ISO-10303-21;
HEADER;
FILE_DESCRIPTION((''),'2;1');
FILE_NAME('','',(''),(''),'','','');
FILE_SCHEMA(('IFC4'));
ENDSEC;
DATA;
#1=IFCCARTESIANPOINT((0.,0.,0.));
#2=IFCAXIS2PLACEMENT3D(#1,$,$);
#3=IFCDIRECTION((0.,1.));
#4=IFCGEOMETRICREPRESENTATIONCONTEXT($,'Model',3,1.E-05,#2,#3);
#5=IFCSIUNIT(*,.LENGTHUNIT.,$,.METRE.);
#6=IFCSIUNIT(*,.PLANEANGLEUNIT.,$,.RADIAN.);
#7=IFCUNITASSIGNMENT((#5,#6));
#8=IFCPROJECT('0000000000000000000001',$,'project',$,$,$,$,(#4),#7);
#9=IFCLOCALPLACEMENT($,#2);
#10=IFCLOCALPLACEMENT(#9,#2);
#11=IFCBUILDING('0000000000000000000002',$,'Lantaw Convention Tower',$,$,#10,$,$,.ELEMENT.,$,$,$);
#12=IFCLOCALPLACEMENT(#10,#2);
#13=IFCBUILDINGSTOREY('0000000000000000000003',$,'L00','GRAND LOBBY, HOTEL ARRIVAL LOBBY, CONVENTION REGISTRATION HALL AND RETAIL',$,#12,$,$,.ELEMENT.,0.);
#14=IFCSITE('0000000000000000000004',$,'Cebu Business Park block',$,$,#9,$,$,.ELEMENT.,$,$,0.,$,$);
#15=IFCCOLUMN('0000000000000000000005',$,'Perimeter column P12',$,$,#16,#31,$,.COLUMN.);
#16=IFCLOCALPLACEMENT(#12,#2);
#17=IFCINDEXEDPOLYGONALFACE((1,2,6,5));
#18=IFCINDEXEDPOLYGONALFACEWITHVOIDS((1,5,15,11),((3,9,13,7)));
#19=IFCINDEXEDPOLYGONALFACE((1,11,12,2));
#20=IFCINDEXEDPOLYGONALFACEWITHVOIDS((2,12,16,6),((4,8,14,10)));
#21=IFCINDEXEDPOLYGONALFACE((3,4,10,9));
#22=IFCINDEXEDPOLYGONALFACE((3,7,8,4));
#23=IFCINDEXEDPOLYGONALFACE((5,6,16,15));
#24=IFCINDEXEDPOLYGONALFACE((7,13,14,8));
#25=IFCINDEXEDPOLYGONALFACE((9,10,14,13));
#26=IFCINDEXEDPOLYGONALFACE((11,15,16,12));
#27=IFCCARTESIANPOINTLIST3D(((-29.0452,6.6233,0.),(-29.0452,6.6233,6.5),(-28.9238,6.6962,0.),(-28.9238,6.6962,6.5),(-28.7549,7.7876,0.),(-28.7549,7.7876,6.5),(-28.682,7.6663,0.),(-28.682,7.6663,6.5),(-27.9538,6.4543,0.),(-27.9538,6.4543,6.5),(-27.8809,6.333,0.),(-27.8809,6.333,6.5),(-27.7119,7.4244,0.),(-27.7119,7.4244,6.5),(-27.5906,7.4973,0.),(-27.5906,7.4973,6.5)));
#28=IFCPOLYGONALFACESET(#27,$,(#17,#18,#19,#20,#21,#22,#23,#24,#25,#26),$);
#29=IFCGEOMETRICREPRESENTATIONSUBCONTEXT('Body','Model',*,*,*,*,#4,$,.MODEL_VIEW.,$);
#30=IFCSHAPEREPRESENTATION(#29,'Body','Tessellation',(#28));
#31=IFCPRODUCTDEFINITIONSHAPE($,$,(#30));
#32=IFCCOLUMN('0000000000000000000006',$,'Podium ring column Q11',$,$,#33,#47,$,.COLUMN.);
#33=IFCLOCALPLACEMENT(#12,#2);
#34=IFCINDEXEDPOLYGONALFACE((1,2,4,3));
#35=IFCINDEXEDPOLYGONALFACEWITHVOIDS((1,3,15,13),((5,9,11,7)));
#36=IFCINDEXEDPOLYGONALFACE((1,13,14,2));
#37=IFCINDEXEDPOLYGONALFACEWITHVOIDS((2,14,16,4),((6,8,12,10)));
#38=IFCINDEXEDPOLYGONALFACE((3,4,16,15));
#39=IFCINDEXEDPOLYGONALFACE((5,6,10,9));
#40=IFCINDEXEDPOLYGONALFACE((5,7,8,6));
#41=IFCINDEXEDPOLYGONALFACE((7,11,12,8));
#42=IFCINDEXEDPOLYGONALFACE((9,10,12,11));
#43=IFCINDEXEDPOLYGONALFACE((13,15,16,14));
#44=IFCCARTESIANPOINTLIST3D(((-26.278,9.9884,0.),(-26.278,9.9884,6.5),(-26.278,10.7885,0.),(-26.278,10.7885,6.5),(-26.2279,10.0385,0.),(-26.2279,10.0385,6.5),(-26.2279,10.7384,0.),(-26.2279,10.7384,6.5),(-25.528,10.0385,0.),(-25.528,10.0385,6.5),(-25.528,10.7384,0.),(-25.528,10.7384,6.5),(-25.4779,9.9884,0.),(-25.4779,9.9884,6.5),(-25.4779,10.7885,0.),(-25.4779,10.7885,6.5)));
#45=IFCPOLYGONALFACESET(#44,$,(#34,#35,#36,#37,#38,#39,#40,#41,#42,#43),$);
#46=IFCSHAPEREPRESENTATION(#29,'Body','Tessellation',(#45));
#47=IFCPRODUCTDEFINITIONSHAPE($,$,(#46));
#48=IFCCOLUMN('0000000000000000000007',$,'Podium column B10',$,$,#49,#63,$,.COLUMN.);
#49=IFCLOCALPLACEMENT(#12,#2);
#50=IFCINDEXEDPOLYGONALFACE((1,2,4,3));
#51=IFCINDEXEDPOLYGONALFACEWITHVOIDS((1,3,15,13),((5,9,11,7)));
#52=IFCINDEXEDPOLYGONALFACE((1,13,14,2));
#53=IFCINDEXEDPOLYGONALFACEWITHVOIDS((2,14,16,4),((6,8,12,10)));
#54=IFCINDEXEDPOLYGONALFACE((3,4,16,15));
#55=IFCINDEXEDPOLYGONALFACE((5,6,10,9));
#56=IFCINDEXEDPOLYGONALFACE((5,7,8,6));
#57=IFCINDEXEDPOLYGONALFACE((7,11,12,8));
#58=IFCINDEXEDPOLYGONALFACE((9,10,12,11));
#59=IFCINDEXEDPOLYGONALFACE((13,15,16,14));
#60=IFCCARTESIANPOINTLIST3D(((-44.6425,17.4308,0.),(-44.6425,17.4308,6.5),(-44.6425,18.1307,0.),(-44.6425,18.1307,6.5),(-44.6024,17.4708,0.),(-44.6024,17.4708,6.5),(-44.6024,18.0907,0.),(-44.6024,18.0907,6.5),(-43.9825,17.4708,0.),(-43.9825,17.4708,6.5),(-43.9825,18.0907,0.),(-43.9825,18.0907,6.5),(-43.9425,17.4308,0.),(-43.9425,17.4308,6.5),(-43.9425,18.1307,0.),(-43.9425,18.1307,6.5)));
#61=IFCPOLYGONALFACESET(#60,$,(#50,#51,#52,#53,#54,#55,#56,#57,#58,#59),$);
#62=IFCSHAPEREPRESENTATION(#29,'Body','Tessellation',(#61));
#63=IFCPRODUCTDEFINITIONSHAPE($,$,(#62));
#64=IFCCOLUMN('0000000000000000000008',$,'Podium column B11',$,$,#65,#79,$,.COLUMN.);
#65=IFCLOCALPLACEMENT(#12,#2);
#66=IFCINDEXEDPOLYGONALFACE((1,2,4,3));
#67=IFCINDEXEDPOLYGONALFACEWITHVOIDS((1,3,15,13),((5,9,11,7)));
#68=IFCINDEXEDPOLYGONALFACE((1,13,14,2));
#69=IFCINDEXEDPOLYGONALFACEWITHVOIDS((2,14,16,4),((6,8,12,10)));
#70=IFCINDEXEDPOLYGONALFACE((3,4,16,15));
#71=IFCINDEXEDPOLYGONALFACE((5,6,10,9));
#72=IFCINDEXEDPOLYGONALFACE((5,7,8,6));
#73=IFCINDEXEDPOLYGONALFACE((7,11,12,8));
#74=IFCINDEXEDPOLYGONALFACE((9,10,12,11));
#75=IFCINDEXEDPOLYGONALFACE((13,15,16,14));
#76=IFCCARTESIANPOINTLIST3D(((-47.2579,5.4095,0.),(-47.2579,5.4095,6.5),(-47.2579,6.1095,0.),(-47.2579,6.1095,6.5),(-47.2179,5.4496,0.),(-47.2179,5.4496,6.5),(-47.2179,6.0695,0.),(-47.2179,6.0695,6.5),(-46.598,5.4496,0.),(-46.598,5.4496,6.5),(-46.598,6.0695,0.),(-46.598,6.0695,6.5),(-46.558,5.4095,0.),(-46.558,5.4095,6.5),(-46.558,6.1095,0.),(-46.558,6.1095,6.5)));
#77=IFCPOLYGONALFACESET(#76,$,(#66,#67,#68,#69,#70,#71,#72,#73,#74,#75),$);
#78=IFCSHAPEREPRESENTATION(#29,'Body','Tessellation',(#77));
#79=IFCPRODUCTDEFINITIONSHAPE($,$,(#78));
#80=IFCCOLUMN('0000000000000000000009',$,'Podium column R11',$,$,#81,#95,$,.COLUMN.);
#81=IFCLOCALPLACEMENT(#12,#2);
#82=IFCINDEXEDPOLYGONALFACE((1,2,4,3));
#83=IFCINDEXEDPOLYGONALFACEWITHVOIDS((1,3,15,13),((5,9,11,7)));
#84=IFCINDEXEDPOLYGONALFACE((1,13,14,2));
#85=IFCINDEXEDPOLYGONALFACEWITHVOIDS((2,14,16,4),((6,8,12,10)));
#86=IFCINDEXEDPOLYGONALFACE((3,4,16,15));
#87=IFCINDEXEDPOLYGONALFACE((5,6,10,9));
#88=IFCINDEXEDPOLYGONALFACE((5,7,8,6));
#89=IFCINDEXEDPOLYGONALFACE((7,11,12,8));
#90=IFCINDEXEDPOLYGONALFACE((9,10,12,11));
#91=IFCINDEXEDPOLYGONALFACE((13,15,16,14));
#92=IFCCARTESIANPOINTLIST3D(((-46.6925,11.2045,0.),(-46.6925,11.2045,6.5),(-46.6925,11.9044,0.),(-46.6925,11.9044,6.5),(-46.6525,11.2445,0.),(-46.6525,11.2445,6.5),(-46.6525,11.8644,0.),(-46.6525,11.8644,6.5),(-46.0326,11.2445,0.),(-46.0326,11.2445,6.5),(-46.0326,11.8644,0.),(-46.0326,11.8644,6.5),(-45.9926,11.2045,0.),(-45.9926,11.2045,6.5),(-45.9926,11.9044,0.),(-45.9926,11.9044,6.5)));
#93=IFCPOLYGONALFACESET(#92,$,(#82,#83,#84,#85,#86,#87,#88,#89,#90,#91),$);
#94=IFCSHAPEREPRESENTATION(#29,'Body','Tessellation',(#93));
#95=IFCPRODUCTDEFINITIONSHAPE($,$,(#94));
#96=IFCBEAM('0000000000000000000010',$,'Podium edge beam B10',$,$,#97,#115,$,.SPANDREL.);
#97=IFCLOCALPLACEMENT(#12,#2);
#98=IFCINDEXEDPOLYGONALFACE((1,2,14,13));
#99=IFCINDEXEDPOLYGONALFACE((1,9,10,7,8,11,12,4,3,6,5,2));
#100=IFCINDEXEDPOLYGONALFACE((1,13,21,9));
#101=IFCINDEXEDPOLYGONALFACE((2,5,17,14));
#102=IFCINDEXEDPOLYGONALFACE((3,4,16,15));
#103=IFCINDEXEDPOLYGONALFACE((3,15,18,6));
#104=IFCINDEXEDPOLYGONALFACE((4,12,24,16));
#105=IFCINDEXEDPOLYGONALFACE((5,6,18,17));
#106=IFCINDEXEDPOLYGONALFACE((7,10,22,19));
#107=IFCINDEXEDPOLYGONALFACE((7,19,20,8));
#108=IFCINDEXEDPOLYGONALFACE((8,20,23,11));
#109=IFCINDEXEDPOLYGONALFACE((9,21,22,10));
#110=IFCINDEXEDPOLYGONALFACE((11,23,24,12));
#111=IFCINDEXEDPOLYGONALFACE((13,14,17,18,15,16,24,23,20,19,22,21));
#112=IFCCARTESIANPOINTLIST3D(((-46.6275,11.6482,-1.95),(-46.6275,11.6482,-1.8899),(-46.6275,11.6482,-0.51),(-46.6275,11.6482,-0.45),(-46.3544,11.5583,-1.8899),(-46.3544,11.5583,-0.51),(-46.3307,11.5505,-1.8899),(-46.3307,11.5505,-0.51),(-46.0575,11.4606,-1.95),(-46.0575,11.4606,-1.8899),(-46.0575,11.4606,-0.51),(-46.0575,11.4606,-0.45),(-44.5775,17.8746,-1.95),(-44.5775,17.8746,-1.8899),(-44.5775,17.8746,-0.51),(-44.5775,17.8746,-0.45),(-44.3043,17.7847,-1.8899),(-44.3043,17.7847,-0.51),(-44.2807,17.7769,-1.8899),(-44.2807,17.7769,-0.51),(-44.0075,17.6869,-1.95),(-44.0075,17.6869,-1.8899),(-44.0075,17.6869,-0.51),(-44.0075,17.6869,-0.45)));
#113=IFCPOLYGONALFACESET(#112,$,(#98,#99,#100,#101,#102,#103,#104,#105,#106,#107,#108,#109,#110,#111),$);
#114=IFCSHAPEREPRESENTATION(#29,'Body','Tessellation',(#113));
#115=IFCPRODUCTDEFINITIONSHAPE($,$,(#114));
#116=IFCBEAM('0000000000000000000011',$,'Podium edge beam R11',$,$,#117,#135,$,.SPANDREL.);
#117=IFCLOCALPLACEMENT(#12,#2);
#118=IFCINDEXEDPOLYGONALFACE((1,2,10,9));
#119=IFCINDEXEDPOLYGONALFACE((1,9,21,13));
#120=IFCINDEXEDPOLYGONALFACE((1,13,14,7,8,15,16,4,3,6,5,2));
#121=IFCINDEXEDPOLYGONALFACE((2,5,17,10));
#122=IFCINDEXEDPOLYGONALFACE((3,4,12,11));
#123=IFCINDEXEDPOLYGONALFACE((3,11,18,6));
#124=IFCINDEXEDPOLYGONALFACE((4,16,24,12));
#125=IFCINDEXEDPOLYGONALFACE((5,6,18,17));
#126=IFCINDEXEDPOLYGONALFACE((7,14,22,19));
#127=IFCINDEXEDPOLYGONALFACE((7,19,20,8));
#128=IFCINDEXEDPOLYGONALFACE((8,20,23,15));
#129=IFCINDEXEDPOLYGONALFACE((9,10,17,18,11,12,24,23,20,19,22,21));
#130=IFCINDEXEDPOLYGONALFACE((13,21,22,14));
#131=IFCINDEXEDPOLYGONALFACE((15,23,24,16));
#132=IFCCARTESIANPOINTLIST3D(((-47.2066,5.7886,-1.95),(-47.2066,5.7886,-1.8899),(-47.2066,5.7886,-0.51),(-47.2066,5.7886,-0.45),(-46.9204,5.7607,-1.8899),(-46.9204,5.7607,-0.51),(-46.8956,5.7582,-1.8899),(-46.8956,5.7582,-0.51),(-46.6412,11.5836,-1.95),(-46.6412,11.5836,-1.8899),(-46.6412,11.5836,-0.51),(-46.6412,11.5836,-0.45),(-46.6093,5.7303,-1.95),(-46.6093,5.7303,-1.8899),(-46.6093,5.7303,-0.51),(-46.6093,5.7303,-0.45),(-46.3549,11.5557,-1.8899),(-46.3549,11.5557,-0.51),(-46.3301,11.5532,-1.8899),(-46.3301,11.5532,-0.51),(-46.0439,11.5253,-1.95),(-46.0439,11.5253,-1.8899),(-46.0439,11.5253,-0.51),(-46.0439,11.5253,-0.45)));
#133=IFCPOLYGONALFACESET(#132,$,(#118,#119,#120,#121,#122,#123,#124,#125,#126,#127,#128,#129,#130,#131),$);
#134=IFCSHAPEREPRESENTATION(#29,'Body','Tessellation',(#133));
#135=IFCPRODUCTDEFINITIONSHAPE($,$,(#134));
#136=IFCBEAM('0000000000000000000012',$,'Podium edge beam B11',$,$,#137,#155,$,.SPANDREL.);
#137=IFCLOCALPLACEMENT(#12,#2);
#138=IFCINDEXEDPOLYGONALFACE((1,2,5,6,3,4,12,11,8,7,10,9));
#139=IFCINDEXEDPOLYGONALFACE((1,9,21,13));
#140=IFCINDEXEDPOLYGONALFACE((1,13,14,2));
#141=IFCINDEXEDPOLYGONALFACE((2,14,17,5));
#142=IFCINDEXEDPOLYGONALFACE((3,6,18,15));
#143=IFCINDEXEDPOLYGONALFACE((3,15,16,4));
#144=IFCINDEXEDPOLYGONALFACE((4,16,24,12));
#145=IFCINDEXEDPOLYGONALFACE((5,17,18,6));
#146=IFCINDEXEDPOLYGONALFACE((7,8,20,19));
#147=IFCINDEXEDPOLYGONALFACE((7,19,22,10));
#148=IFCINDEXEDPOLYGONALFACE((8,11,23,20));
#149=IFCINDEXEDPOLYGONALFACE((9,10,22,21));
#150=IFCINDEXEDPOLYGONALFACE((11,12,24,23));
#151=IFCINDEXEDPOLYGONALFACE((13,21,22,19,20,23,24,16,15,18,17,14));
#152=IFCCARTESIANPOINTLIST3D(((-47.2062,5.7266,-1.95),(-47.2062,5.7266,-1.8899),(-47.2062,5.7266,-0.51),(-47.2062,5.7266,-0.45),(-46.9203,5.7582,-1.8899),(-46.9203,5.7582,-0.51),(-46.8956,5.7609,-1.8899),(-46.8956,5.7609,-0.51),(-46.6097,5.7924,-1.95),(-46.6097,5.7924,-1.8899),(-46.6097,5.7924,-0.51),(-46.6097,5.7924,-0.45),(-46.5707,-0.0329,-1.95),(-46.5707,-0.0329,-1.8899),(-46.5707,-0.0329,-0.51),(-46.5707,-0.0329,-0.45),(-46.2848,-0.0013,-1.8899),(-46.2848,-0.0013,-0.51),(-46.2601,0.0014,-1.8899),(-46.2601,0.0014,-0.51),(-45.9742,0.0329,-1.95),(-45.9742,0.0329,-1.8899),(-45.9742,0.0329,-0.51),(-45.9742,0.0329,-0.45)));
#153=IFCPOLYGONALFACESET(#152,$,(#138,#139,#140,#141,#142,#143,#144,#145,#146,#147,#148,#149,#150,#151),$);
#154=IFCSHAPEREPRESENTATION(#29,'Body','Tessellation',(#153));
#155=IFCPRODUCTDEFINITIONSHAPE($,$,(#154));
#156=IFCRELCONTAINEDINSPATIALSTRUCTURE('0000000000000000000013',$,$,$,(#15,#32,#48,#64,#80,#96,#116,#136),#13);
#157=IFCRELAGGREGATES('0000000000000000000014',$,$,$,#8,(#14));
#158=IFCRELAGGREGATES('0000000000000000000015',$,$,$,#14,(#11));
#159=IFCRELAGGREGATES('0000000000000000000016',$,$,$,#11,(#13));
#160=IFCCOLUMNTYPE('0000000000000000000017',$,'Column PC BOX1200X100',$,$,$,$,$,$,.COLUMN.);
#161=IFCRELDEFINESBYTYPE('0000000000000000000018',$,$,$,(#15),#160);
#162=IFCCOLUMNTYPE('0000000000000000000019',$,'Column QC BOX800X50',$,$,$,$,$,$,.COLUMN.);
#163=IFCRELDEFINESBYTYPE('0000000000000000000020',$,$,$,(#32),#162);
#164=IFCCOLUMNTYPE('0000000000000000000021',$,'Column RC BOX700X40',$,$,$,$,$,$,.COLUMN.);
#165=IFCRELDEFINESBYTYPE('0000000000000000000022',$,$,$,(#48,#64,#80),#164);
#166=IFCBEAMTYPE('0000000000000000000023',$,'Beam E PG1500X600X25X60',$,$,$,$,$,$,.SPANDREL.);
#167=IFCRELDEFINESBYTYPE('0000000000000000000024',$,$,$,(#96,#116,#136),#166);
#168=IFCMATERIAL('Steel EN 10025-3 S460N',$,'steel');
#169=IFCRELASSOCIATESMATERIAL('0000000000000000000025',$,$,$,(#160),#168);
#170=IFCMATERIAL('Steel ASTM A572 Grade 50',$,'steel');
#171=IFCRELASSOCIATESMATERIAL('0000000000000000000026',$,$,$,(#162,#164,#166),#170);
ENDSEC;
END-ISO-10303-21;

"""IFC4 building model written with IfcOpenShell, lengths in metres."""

from ifc_helpers import new_model, si_unit, direction, frame, origin, origin_2d, place, context, subcontext, project, spatial, rectangle, hollow_rectangle, i_section, extrude, material, material_profile, profile_set, type_object, element, save


model = new_model("IFC4")

# Units and contexts
model_context = context("Model", 3, precision=1e-05, world=origin(), true_north=direction((0.0, 1.0)))
body_context = subcontext(model_context, "Body", "Model", "MODEL_VIEW")
ifc_project = project(units=[si_unit("LENGTHUNIT", "METRE"), si_unit("PLANEANGLEUNIT", "RADIAN")], contexts=[model_context])

# Site, building, storey
site_placement = place(None, origin())
site = spatial("IfcSite", under=ifc_project, at=site_placement, Name="Cebu Business Park block", CompositionType="ELEMENT", RefElevation=0.0)
building_placement = place(site_placement, origin())
building = spatial("IfcBuilding", under=site, at=building_placement, Name="Lantaw Convention Tower", CompositionType="ELEMENT")
storey_placement = place(building_placement, origin())
storey = spatial("IfcBuildingStorey", under=building, at=storey_placement, Name="L00", Description="GRAND LOBBY, HOTEL ARRIVAL LOBBY, CONVENTION REGISTRATION HALL AND RETAIL", CompositionType="ELEMENT", Elevation=0.0)

# Columns
ifc_material_1 = material(Name="Steel EN 10025-3 S460N", Category="steel")
ifc_material_profile_1 = material_profile(ifc_material_1, hollow_rectangle(XDim=1.2, YDim=1.2, WallThickness=0.1001, at=origin_2d()), Name="BOX1200X100")
ifc_material_2 = material(Name="Concrete C60/75", Category="concrete")
ifc_material_profile_2 = material_profile(ifc_material_2, rectangle(XDim=1.0, YDim=1.0, at=origin_2d()), Name="Concrete fill of BOX1200X100")
ifc_profile_set_1 = profile_set([ifc_material_profile_1, ifc_material_profile_2], Name="Steel EN 10025-3 S460N")
column_type_1 = type_object("IfcColumnType", Name="Column PC BOX1200X100", PredefinedType="COLUMN", material=ifc_profile_set_1)
column_1_placement = place(storey_placement, frame((-28.3179, 7.0603, 0.0), z_axis=(0.0, 0.0, 1.0), x_axis=(0.241922, 0.970296, 0.0)))
element("IfcColumn", 1, at=column_1_placement, inside=storey, type_object=column_type_1, Name="Perimeter column P12", PredefinedType="COLUMN", context=body_context, shape_type="SweptSolid", body=[
    extrude(hollow_rectangle(XDim=1.2, YDim=1.2, WallThickness=0.1001, at=origin_2d()), origin(), (0.0, 0.0, 1.0), 6.5),
])
ifc_material_3 = material(Name="Steel ASTM A572 Grade 50", Category="steel")
ifc_material_profile_3 = material_profile(ifc_material_3, hollow_rectangle(XDim=0.8, YDim=0.8, WallThickness=0.05, at=origin_2d()), Name="BOX800X50")
ifc_profile_set_2 = profile_set([ifc_material_profile_3], Name="Steel ASTM A572 Grade 50")
column_type_2 = type_object("IfcColumnType", Name="Column QC BOX800X50", PredefinedType="COLUMN", material=ifc_profile_set_2)
column_2_placement = place(storey_placement, frame((-25.8779, 10.3884, 0.0), z_axis=(0.0, 0.0, 1.0), x_axis=(1.0, 0.0, 0.0)))
element("IfcColumn", 2, at=column_2_placement, inside=storey, type_object=column_type_2, Name="Podium ring column Q11", PredefinedType="COLUMN", context=body_context, shape_type="SweptSolid", body=[
    extrude(hollow_rectangle(XDim=0.8, YDim=0.8, WallThickness=0.05, at=origin_2d()), origin(), (0.0, 0.0, 1.0), 6.5),
])
ifc_material_profile_4 = material_profile(ifc_material_3, hollow_rectangle(XDim=0.7, YDim=0.7, WallThickness=0.04, at=origin_2d()), Name="BOX700X40")
ifc_profile_set_3 = profile_set([ifc_material_profile_4], Name="Steel ASTM A572 Grade 50")
column_type_3 = type_object("IfcColumnType", Name="Column RC BOX700X40", PredefinedType="COLUMN", material=ifc_profile_set_3)
for number, where, z_axis, x_axis, name in (
    (3, (-44.2925, 17.7808, 0.0), (0.0, 0.0, 1.0), (1.0, 0.0, 0.0), "Podium column B10"),
    (4, (-46.908, 5.7595, 0.0), (0.0, 0.0, 1.0), (1.0, 0.0, 0.0), "Podium column B11"),
    (5, (-46.3425, 11.5544, 0.0), (0.0, 0.0, 1.0), (1.0, 0.0, 0.0), "Podium column R11"),
):
    element("IfcColumn", number, at=place(storey_placement, frame(where, z_axis=z_axis, x_axis=x_axis)), inside=storey, type_object=column_type_3, Name=name, PredefinedType="COLUMN", context=body_context, shape_type="SweptSolid", body=[
        extrude(hollow_rectangle(XDim=0.7, YDim=0.7, WallThickness=0.04, at=origin_2d()), origin(), (0.0, 0.0, 1.0), 6.5),
    ])

# Beams
ifc_material_profile_5 = material_profile(ifc_material_3, i_section(OverallWidth=0.6001, OverallDepth=1.5, WebThickness=0.0249, FlangeThickness=0.0601, at=origin_2d()), Name="PG1500X600X25X60")
ifc_profile_set_4 = profile_set([ifc_material_profile_5], Name="Steel ASTM A572 Grade 50")
beam_type_1 = type_object("IfcBeamType", Name="Beam E PG1500X600X25X60", PredefinedType="SPANDREL", material=ifc_profile_set_4)
beam_1_placement = place(storey_placement, frame((-44.2925, 17.7808, -1.2), z_axis=(-0.31274, -0.949839, 0.0), x_axis=(0.949839, -0.31274, 0.0)))
element("IfcBeam", 6, at=beam_1_placement, inside=storey, type_object=beam_type_1, Name="Podium edge beam B10", PredefinedType="SPANDREL", context=body_context, shape_type="SweptSolid", body=[
    extrude(i_section(OverallWidth=0.6001, OverallDepth=1.5, WebThickness=0.0249, FlangeThickness=0.0601, at=origin_2d()), origin(), (0.0, 0.0, 1.0), 6.5552),
])
beam_2_placement = place(storey_placement, frame((-46.3425, 11.5544, -1.2), z_axis=(-0.097112, -0.995273, 0.0), x_axis=(0.995273, -0.097112, 0.0)))
element("IfcBeam", 7, at=beam_2_placement, inside=storey, type_object=beam_type_1, Name="Podium edge beam R11", PredefinedType="SPANDREL", context=body_context, shape_type="SweptSolid", body=[
    extrude(i_section(OverallWidth=0.6001, OverallDepth=1.5, WebThickness=0.0249, FlangeThickness=0.0601, at=origin_2d()), origin(), (0.0, 0.0, 1.0), 5.8225),
])
beam_3_placement = place(storey_placement, frame((-46.908, 5.7595, -1.2), z_axis=(0.109673, -0.993968, 0.0), x_axis=(0.993968, 0.109673, 0.0)))
element("IfcBeam", 8, at=beam_3_placement, inside=storey, type_object=beam_type_1, Name="Podium edge beam B11", PredefinedType="SPANDREL", context=body_context, shape_type="SweptSolid", body=[
    extrude(i_section(OverallWidth=0.6001, OverallDepth=1.5, WebThickness=0.0249, FlangeThickness=0.0601, at=origin_2d()), origin(), (0.0, 0.0, 1.0), 5.7944),
])

save(model, "model.ifc")
